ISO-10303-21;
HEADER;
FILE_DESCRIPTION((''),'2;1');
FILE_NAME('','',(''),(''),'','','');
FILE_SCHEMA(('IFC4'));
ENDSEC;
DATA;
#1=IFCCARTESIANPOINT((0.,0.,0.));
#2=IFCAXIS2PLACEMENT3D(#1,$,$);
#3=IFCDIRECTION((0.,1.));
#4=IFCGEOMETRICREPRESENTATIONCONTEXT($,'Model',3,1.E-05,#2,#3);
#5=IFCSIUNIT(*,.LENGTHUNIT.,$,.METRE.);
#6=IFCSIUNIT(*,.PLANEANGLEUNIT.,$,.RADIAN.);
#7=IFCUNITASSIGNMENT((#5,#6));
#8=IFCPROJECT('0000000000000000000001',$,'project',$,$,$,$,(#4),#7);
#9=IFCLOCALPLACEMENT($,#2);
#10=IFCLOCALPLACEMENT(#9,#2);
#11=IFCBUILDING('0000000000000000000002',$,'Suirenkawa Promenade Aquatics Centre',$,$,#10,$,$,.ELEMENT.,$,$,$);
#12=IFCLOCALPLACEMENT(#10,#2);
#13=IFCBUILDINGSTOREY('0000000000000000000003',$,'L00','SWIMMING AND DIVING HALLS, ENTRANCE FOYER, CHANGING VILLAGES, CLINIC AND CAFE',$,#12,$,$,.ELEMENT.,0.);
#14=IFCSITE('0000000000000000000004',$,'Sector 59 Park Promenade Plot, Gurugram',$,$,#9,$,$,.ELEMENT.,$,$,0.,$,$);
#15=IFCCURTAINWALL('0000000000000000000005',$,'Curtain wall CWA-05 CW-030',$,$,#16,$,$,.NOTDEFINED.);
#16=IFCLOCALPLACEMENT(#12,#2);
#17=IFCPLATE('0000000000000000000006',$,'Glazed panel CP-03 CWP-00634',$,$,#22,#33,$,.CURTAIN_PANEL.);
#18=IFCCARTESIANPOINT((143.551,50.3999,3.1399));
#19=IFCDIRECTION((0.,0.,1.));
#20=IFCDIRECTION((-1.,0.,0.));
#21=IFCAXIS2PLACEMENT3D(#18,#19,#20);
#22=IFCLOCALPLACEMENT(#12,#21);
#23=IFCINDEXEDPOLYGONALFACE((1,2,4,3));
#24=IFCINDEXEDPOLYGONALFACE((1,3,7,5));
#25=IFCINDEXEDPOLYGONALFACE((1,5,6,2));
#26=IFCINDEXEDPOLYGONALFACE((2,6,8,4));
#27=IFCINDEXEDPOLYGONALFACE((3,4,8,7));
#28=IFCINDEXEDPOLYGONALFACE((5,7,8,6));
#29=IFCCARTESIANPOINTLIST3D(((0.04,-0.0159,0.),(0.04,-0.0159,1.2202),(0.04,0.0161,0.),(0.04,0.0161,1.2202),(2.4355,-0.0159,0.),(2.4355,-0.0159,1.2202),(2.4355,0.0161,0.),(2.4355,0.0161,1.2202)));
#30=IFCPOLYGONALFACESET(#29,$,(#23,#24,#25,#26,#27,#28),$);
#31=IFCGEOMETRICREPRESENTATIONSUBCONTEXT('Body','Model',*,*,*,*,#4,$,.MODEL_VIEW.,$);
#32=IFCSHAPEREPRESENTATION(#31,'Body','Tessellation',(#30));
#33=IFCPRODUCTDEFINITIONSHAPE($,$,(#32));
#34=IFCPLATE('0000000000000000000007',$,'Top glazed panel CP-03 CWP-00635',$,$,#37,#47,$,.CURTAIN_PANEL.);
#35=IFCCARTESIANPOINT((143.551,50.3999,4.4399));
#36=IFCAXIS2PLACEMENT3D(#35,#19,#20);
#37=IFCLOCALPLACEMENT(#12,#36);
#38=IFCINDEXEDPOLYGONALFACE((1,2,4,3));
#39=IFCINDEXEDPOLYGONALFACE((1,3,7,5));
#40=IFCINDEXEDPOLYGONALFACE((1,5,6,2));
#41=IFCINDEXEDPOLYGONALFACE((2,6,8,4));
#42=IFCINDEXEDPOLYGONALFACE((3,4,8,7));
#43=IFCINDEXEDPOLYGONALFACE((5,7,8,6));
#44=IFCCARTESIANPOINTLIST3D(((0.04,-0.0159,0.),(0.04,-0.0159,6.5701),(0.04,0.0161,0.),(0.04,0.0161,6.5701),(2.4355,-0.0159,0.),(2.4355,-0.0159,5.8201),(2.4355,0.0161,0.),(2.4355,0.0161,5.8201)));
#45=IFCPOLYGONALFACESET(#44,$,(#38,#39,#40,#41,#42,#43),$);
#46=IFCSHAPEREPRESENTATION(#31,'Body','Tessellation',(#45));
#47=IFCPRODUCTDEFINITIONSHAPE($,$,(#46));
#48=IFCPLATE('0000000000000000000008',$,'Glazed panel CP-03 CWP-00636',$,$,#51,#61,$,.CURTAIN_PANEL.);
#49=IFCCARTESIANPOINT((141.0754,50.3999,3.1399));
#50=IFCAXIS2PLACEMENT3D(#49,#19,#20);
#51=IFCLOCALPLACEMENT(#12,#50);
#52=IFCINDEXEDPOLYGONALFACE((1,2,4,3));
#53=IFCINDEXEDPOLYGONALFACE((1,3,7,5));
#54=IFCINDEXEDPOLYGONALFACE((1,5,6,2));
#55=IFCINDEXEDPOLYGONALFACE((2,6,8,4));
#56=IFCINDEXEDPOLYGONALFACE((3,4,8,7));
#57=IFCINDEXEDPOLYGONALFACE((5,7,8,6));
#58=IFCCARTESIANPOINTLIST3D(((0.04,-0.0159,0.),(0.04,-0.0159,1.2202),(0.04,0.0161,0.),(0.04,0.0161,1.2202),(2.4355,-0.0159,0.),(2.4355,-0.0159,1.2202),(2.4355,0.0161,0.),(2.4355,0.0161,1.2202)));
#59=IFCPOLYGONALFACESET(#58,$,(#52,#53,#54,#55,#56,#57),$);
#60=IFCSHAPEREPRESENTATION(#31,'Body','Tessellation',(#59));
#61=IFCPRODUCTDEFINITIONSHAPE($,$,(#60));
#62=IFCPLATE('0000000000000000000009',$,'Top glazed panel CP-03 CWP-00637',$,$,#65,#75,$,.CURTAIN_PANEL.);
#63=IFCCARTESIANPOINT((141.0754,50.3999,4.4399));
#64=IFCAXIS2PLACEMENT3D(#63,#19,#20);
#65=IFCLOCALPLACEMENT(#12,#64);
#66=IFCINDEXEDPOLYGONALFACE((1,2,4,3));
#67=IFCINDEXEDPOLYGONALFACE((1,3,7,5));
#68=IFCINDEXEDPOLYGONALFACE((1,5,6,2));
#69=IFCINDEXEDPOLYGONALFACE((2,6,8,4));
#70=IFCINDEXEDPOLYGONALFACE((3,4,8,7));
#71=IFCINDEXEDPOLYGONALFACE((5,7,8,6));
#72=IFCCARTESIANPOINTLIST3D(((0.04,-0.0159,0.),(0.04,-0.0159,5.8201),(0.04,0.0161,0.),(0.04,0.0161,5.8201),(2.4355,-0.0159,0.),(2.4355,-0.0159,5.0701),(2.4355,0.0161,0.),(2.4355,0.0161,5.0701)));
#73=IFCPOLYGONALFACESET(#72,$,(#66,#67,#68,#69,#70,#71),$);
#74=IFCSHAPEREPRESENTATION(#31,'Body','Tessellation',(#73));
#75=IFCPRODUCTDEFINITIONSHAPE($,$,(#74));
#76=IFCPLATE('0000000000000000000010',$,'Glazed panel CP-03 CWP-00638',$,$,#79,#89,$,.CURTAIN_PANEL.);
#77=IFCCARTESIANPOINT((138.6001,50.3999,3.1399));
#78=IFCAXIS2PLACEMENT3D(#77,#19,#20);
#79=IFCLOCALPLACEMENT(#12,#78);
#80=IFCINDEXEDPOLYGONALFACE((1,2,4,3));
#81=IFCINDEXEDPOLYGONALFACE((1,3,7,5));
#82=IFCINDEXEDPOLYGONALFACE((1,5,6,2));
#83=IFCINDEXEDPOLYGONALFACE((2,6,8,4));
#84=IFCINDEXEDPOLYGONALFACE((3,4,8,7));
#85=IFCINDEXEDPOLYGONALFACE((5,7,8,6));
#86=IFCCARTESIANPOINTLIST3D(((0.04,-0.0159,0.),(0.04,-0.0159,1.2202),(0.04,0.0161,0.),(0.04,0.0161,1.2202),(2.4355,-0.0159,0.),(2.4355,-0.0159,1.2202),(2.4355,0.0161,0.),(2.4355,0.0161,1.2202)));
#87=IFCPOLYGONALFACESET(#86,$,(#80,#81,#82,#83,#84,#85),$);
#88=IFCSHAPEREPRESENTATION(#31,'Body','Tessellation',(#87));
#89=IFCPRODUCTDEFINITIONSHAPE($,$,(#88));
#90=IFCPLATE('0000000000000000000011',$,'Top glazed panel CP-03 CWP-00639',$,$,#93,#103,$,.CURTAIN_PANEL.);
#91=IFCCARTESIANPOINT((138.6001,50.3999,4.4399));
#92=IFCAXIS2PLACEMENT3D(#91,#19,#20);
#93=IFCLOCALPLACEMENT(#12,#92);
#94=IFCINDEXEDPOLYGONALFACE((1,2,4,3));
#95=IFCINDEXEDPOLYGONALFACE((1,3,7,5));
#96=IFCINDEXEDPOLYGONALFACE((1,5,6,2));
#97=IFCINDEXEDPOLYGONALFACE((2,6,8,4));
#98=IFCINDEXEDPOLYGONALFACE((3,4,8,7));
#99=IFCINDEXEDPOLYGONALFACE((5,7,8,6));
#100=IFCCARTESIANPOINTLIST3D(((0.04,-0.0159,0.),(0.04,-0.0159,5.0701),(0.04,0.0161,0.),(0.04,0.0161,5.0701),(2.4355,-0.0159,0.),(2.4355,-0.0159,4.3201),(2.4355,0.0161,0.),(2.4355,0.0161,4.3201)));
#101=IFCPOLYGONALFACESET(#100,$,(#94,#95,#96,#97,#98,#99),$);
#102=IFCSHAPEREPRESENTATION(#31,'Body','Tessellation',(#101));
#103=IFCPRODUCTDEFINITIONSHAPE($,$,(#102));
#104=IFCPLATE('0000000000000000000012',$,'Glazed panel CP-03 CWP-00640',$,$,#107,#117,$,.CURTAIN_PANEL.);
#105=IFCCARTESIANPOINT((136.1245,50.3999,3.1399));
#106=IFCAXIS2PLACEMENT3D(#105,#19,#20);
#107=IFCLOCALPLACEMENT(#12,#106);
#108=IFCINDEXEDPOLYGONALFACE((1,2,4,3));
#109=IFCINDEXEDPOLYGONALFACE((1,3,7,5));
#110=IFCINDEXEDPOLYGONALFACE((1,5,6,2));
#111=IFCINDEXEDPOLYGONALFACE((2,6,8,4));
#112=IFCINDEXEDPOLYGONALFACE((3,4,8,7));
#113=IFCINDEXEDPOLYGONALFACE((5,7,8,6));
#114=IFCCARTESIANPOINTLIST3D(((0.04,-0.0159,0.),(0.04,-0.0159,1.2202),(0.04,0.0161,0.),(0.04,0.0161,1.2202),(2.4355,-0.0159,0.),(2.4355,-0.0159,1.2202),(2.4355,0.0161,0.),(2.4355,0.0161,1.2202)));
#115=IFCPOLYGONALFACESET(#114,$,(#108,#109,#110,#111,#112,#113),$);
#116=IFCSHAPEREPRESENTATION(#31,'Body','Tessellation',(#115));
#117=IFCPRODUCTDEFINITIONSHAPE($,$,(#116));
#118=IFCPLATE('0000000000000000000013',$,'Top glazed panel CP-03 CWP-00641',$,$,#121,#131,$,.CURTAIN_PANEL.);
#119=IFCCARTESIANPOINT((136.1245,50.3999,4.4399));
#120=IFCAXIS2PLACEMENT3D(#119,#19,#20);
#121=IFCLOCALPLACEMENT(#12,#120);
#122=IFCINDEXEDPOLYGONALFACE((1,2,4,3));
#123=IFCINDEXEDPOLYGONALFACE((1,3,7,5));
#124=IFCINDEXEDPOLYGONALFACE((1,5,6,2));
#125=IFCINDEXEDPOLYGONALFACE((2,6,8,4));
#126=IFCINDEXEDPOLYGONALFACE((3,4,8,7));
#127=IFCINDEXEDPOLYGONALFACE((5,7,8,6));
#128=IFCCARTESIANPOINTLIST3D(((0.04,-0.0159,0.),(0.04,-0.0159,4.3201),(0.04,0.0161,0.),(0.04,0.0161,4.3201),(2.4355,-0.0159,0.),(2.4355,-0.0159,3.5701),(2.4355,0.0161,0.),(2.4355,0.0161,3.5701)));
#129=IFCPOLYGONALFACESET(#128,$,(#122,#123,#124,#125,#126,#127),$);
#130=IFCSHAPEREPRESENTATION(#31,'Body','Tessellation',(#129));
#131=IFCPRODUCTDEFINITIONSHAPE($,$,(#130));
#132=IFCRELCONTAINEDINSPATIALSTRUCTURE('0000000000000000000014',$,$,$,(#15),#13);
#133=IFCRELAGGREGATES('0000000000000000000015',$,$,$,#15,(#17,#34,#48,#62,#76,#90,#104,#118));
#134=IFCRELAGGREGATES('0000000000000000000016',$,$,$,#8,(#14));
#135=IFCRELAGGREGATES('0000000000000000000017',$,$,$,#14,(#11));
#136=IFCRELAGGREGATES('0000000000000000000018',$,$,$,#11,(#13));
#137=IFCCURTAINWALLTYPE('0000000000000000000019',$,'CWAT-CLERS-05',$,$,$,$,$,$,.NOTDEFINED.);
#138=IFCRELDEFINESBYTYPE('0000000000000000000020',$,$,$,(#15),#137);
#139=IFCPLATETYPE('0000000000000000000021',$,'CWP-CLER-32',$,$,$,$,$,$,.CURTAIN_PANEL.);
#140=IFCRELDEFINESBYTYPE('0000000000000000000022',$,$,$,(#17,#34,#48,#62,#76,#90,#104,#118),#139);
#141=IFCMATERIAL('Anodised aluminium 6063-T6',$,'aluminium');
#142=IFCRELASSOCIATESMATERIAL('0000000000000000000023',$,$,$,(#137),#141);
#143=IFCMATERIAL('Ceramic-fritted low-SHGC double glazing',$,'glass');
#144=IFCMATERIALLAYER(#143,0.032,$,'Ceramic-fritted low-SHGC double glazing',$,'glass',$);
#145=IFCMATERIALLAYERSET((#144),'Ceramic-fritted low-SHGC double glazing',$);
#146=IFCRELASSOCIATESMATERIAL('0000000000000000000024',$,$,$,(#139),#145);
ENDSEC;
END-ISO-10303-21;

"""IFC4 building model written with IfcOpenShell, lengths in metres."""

from ifc_helpers import new_model, si_unit, direction, frame, origin, place, context, subcontext, project, spatial, polyline, outline, extrude, material, layer, layer_set, type_object, element, aggregate, save


model = new_model("IFC4")

# Units and contexts
model_context = context("Model", 3, precision=1e-05, world=origin(), true_north=direction((0.0, 1.0)))
body_context = subcontext(model_context, "Body", "Model", "MODEL_VIEW")
ifc_project = project(units=[si_unit("LENGTHUNIT", "METRE"), si_unit("PLANEANGLEUNIT", "RADIAN")], contexts=[model_context])

# Site, building, storey
site_placement = place(None, origin())
site = spatial("IfcSite", under=ifc_project, at=site_placement, Name="Sector 59 Park Promenade Plot, Gurugram", CompositionType="ELEMENT", RefElevation=0.0)
building_placement = place(site_placement, origin())
building = spatial("IfcBuilding", under=site, at=building_placement, Name="Suirenkawa Promenade Aquatics Centre", CompositionType="ELEMENT")
storey_placement = place(building_placement, origin())
storey = spatial("IfcBuildingStorey", under=building, at=storey_placement, Name="L00", Description="SWIMMING AND DIVING HALLS, ENTRANCE FOYER, CHANGING VILLAGES, CLINIC AND CAFE", CompositionType="ELEMENT", Elevation=0.0)

# Curtain wall
ifc_material_1 = material(Name="Anodised aluminium 6063-T6", Category="aluminium")
curtain_wall_type = type_object("IfcCurtainWallType", Name="CWAT-CLERS-05", PredefinedType="NOTDEFINED", material=ifc_material_1)
curtain_wall_1_placement = place(storey_placement, origin())
curtain_wall_1 = element("IfcCurtainWall", 1, at=curtain_wall_1_placement, inside=storey, type_object=curtain_wall_type, Name="Curtain wall CWA-05 CW-030", PredefinedType="NOTDEFINED")

# Plates
ifc_material_2 = material(Name="Ceramic-fritted low-SHGC double glazing", Category="glass")
ifc_layer_1 = layer(ifc_material_2, 0.032, Name="Ceramic-fritted low-SHGC double glazing", Category="glass")
ifc_layer_set_1 = layer_set([ifc_layer_1], Name="Ceramic-fritted low-SHGC double glazing")
plate_type = type_object("IfcPlateType", Name="CWP-CLER-32", PredefinedType="CURTAIN_PANEL", material=ifc_layer_set_1)
plate_1_placement = place(storey_placement, frame((143.551, 50.3999, 3.1399), z_axis=(0.0, 0.0, 1.0), x_axis=(-1.0, 0.0, 0.0)))
plate_1 = element("IfcPlate", 2, at=plate_1_placement, type_object=plate_type, Name="Glazed panel CP-03 CWP-00634", PredefinedType="CURTAIN_PANEL", context=body_context, shape_type="SweptSolid", body=[
    extrude(outline(polyline([(0.04, 0.0), (2.4355, 0.0), (2.4355, 1.2202), (0.04, 1.2202), (0.04, 0.0)])), frame((0.0, 0.0161, 0.0), z_axis=(0.0, -1.0, 0.0), x_axis=(1.0, 0.0, 0.0)), (0.0, 0.0, 1.0), 0.032),
])
plate_2_placement = place(storey_placement, frame((143.551, 50.3999, 4.4399), z_axis=(0.0, 0.0, 1.0), x_axis=(-1.0, 0.0, 0.0)))
plate_2 = element("IfcPlate", 3, at=plate_2_placement, type_object=plate_type, Name="Top glazed panel CP-03 CWP-00635", PredefinedType="CURTAIN_PANEL", context=body_context, shape_type="SweptSolid", body=[
    extrude(outline(polyline([(0.04, 0.0), (2.4355, 0.0), (2.4355, 5.8201), (0.04, 6.5701), (0.04, 0.0)])), frame((0.0, 0.0161, 0.0), z_axis=(0.0, -1.0, 0.0), x_axis=(1.0, 0.0, 0.0)), (0.0, 0.0, 1.0), 0.032),
])
plate_3_placement = place(storey_placement, frame((141.0754, 50.3999, 3.1399), z_axis=(0.0, 0.0, 1.0), x_axis=(-1.0, 0.0, 0.0)))
plate_3 = element("IfcPlate", 4, at=plate_3_placement, type_object=plate_type, Name="Glazed panel CP-03 CWP-00636", PredefinedType="CURTAIN_PANEL", context=body_context, shape_type="SweptSolid", body=[
    extrude(outline(polyline([(0.04, 0.0), (2.4355, 0.0), (2.4355, 1.2202), (0.04, 1.2202), (0.04, 0.0)])), frame((0.0, 0.0161, 0.0), z_axis=(0.0, -1.0, 0.0), x_axis=(1.0, 0.0, 0.0)), (0.0, 0.0, 1.0), 0.032),
])
plate_4_placement = place(storey_placement, frame((141.0754, 50.3999, 4.4399), z_axis=(0.0, 0.0, 1.0), x_axis=(-1.0, 0.0, 0.0)))
plate_4 = element("IfcPlate", 5, at=plate_4_placement, type_object=plate_type, Name="Top glazed panel CP-03 CWP-00637", PredefinedType="CURTAIN_PANEL", context=body_context, shape_type="SweptSolid", body=[
    extrude(outline(polyline([(0.04, 0.0), (2.4355, 0.0), (2.4355, 5.0701), (0.04, 5.8201), (0.04, 0.0)])), frame((0.0, 0.0161, 0.0), z_axis=(0.0, -1.0, 0.0), x_axis=(1.0, 0.0, 0.0)), (0.0, 0.0, 1.0), 0.032),
])
plate_5_placement = place(storey_placement, frame((138.6001, 50.3999, 3.1399), z_axis=(0.0, 0.0, 1.0), x_axis=(-1.0, 0.0, 0.0)))
plate_5 = element("IfcPlate", 6, at=plate_5_placement, type_object=plate_type, Name="Glazed panel CP-03 CWP-00638", PredefinedType="CURTAIN_PANEL", context=body_context, shape_type="SweptSolid", body=[
    extrude(outline(polyline([(0.04, 0.0), (2.4355, 0.0), (2.4355, 1.2202), (0.04, 1.2202), (0.04, 0.0)])), frame((0.0, 0.0161, 0.0), z_axis=(0.0, -1.0, 0.0), x_axis=(1.0, 0.0, 0.0)), (0.0, 0.0, 1.0), 0.032),
])
plate_6_placement = place(storey_placement, frame((138.6001, 50.3999, 4.4399), z_axis=(0.0, 0.0, 1.0), x_axis=(-1.0, 0.0, 0.0)))
plate_6 = element("IfcPlate", 7, at=plate_6_placement, type_object=plate_type, Name="Top glazed panel CP-03 CWP-00639", PredefinedType="CURTAIN_PANEL", context=body_context, shape_type="SweptSolid", body=[
    extrude(outline(polyline([(0.04, 0.0), (2.4355, 0.0), (2.4355, 4.3201), (0.04, 5.0701), (0.04, 0.0)])), frame((0.0, 0.0161, 0.0), z_axis=(0.0, -1.0, 0.0), x_axis=(1.0, 0.0, 0.0)), (0.0, 0.0, 1.0), 0.032),
])
plate_7_placement = place(storey_placement, frame((136.1245, 50.3999, 3.1399), z_axis=(0.0, 0.0, 1.0), x_axis=(-1.0, 0.0, 0.0)))
plate_7 = element("IfcPlate", 8, at=plate_7_placement, type_object=plate_type, Name="Glazed panel CP-03 CWP-00640", PredefinedType="CURTAIN_PANEL", context=body_context, shape_type="SweptSolid", body=[
    extrude(outline(polyline([(0.04, 0.0), (2.4355, 0.0), (2.4355, 1.2202), (0.04, 1.2202), (0.04, 0.0)])), frame((0.0, 0.0161, 0.0), z_axis=(0.0, -1.0, 0.0), x_axis=(1.0, 0.0, 0.0)), (0.0, 0.0, 1.0), 0.032),
])
plate_8_placement = place(storey_placement, frame((136.1245, 50.3999, 4.4399), z_axis=(0.0, 0.0, 1.0), x_axis=(-1.0, 0.0, 0.0)))
plate_8 = element("IfcPlate", 9, at=plate_8_placement, type_object=plate_type, Name="Top glazed panel CP-03 CWP-00641", PredefinedType="CURTAIN_PANEL", context=body_context, shape_type="SweptSolid", body=[
    extrude(outline(polyline([(0.04, 0.0), (2.4355, 0.0), (2.4355, 3.5701), (0.04, 4.3201), (0.04, 0.0)])), frame((0.0, 0.0161, 0.0), z_axis=(0.0, -1.0, 0.0), x_axis=(1.0, 0.0, 0.0)), (0.0, 0.0, 1.0), 0.032),
])
aggregate(curtain_wall_1, [plate_1, plate_2, plate_3, plate_4, plate_5, plate_6, plate_7, plate_8])

save(model, "model.ifc")
